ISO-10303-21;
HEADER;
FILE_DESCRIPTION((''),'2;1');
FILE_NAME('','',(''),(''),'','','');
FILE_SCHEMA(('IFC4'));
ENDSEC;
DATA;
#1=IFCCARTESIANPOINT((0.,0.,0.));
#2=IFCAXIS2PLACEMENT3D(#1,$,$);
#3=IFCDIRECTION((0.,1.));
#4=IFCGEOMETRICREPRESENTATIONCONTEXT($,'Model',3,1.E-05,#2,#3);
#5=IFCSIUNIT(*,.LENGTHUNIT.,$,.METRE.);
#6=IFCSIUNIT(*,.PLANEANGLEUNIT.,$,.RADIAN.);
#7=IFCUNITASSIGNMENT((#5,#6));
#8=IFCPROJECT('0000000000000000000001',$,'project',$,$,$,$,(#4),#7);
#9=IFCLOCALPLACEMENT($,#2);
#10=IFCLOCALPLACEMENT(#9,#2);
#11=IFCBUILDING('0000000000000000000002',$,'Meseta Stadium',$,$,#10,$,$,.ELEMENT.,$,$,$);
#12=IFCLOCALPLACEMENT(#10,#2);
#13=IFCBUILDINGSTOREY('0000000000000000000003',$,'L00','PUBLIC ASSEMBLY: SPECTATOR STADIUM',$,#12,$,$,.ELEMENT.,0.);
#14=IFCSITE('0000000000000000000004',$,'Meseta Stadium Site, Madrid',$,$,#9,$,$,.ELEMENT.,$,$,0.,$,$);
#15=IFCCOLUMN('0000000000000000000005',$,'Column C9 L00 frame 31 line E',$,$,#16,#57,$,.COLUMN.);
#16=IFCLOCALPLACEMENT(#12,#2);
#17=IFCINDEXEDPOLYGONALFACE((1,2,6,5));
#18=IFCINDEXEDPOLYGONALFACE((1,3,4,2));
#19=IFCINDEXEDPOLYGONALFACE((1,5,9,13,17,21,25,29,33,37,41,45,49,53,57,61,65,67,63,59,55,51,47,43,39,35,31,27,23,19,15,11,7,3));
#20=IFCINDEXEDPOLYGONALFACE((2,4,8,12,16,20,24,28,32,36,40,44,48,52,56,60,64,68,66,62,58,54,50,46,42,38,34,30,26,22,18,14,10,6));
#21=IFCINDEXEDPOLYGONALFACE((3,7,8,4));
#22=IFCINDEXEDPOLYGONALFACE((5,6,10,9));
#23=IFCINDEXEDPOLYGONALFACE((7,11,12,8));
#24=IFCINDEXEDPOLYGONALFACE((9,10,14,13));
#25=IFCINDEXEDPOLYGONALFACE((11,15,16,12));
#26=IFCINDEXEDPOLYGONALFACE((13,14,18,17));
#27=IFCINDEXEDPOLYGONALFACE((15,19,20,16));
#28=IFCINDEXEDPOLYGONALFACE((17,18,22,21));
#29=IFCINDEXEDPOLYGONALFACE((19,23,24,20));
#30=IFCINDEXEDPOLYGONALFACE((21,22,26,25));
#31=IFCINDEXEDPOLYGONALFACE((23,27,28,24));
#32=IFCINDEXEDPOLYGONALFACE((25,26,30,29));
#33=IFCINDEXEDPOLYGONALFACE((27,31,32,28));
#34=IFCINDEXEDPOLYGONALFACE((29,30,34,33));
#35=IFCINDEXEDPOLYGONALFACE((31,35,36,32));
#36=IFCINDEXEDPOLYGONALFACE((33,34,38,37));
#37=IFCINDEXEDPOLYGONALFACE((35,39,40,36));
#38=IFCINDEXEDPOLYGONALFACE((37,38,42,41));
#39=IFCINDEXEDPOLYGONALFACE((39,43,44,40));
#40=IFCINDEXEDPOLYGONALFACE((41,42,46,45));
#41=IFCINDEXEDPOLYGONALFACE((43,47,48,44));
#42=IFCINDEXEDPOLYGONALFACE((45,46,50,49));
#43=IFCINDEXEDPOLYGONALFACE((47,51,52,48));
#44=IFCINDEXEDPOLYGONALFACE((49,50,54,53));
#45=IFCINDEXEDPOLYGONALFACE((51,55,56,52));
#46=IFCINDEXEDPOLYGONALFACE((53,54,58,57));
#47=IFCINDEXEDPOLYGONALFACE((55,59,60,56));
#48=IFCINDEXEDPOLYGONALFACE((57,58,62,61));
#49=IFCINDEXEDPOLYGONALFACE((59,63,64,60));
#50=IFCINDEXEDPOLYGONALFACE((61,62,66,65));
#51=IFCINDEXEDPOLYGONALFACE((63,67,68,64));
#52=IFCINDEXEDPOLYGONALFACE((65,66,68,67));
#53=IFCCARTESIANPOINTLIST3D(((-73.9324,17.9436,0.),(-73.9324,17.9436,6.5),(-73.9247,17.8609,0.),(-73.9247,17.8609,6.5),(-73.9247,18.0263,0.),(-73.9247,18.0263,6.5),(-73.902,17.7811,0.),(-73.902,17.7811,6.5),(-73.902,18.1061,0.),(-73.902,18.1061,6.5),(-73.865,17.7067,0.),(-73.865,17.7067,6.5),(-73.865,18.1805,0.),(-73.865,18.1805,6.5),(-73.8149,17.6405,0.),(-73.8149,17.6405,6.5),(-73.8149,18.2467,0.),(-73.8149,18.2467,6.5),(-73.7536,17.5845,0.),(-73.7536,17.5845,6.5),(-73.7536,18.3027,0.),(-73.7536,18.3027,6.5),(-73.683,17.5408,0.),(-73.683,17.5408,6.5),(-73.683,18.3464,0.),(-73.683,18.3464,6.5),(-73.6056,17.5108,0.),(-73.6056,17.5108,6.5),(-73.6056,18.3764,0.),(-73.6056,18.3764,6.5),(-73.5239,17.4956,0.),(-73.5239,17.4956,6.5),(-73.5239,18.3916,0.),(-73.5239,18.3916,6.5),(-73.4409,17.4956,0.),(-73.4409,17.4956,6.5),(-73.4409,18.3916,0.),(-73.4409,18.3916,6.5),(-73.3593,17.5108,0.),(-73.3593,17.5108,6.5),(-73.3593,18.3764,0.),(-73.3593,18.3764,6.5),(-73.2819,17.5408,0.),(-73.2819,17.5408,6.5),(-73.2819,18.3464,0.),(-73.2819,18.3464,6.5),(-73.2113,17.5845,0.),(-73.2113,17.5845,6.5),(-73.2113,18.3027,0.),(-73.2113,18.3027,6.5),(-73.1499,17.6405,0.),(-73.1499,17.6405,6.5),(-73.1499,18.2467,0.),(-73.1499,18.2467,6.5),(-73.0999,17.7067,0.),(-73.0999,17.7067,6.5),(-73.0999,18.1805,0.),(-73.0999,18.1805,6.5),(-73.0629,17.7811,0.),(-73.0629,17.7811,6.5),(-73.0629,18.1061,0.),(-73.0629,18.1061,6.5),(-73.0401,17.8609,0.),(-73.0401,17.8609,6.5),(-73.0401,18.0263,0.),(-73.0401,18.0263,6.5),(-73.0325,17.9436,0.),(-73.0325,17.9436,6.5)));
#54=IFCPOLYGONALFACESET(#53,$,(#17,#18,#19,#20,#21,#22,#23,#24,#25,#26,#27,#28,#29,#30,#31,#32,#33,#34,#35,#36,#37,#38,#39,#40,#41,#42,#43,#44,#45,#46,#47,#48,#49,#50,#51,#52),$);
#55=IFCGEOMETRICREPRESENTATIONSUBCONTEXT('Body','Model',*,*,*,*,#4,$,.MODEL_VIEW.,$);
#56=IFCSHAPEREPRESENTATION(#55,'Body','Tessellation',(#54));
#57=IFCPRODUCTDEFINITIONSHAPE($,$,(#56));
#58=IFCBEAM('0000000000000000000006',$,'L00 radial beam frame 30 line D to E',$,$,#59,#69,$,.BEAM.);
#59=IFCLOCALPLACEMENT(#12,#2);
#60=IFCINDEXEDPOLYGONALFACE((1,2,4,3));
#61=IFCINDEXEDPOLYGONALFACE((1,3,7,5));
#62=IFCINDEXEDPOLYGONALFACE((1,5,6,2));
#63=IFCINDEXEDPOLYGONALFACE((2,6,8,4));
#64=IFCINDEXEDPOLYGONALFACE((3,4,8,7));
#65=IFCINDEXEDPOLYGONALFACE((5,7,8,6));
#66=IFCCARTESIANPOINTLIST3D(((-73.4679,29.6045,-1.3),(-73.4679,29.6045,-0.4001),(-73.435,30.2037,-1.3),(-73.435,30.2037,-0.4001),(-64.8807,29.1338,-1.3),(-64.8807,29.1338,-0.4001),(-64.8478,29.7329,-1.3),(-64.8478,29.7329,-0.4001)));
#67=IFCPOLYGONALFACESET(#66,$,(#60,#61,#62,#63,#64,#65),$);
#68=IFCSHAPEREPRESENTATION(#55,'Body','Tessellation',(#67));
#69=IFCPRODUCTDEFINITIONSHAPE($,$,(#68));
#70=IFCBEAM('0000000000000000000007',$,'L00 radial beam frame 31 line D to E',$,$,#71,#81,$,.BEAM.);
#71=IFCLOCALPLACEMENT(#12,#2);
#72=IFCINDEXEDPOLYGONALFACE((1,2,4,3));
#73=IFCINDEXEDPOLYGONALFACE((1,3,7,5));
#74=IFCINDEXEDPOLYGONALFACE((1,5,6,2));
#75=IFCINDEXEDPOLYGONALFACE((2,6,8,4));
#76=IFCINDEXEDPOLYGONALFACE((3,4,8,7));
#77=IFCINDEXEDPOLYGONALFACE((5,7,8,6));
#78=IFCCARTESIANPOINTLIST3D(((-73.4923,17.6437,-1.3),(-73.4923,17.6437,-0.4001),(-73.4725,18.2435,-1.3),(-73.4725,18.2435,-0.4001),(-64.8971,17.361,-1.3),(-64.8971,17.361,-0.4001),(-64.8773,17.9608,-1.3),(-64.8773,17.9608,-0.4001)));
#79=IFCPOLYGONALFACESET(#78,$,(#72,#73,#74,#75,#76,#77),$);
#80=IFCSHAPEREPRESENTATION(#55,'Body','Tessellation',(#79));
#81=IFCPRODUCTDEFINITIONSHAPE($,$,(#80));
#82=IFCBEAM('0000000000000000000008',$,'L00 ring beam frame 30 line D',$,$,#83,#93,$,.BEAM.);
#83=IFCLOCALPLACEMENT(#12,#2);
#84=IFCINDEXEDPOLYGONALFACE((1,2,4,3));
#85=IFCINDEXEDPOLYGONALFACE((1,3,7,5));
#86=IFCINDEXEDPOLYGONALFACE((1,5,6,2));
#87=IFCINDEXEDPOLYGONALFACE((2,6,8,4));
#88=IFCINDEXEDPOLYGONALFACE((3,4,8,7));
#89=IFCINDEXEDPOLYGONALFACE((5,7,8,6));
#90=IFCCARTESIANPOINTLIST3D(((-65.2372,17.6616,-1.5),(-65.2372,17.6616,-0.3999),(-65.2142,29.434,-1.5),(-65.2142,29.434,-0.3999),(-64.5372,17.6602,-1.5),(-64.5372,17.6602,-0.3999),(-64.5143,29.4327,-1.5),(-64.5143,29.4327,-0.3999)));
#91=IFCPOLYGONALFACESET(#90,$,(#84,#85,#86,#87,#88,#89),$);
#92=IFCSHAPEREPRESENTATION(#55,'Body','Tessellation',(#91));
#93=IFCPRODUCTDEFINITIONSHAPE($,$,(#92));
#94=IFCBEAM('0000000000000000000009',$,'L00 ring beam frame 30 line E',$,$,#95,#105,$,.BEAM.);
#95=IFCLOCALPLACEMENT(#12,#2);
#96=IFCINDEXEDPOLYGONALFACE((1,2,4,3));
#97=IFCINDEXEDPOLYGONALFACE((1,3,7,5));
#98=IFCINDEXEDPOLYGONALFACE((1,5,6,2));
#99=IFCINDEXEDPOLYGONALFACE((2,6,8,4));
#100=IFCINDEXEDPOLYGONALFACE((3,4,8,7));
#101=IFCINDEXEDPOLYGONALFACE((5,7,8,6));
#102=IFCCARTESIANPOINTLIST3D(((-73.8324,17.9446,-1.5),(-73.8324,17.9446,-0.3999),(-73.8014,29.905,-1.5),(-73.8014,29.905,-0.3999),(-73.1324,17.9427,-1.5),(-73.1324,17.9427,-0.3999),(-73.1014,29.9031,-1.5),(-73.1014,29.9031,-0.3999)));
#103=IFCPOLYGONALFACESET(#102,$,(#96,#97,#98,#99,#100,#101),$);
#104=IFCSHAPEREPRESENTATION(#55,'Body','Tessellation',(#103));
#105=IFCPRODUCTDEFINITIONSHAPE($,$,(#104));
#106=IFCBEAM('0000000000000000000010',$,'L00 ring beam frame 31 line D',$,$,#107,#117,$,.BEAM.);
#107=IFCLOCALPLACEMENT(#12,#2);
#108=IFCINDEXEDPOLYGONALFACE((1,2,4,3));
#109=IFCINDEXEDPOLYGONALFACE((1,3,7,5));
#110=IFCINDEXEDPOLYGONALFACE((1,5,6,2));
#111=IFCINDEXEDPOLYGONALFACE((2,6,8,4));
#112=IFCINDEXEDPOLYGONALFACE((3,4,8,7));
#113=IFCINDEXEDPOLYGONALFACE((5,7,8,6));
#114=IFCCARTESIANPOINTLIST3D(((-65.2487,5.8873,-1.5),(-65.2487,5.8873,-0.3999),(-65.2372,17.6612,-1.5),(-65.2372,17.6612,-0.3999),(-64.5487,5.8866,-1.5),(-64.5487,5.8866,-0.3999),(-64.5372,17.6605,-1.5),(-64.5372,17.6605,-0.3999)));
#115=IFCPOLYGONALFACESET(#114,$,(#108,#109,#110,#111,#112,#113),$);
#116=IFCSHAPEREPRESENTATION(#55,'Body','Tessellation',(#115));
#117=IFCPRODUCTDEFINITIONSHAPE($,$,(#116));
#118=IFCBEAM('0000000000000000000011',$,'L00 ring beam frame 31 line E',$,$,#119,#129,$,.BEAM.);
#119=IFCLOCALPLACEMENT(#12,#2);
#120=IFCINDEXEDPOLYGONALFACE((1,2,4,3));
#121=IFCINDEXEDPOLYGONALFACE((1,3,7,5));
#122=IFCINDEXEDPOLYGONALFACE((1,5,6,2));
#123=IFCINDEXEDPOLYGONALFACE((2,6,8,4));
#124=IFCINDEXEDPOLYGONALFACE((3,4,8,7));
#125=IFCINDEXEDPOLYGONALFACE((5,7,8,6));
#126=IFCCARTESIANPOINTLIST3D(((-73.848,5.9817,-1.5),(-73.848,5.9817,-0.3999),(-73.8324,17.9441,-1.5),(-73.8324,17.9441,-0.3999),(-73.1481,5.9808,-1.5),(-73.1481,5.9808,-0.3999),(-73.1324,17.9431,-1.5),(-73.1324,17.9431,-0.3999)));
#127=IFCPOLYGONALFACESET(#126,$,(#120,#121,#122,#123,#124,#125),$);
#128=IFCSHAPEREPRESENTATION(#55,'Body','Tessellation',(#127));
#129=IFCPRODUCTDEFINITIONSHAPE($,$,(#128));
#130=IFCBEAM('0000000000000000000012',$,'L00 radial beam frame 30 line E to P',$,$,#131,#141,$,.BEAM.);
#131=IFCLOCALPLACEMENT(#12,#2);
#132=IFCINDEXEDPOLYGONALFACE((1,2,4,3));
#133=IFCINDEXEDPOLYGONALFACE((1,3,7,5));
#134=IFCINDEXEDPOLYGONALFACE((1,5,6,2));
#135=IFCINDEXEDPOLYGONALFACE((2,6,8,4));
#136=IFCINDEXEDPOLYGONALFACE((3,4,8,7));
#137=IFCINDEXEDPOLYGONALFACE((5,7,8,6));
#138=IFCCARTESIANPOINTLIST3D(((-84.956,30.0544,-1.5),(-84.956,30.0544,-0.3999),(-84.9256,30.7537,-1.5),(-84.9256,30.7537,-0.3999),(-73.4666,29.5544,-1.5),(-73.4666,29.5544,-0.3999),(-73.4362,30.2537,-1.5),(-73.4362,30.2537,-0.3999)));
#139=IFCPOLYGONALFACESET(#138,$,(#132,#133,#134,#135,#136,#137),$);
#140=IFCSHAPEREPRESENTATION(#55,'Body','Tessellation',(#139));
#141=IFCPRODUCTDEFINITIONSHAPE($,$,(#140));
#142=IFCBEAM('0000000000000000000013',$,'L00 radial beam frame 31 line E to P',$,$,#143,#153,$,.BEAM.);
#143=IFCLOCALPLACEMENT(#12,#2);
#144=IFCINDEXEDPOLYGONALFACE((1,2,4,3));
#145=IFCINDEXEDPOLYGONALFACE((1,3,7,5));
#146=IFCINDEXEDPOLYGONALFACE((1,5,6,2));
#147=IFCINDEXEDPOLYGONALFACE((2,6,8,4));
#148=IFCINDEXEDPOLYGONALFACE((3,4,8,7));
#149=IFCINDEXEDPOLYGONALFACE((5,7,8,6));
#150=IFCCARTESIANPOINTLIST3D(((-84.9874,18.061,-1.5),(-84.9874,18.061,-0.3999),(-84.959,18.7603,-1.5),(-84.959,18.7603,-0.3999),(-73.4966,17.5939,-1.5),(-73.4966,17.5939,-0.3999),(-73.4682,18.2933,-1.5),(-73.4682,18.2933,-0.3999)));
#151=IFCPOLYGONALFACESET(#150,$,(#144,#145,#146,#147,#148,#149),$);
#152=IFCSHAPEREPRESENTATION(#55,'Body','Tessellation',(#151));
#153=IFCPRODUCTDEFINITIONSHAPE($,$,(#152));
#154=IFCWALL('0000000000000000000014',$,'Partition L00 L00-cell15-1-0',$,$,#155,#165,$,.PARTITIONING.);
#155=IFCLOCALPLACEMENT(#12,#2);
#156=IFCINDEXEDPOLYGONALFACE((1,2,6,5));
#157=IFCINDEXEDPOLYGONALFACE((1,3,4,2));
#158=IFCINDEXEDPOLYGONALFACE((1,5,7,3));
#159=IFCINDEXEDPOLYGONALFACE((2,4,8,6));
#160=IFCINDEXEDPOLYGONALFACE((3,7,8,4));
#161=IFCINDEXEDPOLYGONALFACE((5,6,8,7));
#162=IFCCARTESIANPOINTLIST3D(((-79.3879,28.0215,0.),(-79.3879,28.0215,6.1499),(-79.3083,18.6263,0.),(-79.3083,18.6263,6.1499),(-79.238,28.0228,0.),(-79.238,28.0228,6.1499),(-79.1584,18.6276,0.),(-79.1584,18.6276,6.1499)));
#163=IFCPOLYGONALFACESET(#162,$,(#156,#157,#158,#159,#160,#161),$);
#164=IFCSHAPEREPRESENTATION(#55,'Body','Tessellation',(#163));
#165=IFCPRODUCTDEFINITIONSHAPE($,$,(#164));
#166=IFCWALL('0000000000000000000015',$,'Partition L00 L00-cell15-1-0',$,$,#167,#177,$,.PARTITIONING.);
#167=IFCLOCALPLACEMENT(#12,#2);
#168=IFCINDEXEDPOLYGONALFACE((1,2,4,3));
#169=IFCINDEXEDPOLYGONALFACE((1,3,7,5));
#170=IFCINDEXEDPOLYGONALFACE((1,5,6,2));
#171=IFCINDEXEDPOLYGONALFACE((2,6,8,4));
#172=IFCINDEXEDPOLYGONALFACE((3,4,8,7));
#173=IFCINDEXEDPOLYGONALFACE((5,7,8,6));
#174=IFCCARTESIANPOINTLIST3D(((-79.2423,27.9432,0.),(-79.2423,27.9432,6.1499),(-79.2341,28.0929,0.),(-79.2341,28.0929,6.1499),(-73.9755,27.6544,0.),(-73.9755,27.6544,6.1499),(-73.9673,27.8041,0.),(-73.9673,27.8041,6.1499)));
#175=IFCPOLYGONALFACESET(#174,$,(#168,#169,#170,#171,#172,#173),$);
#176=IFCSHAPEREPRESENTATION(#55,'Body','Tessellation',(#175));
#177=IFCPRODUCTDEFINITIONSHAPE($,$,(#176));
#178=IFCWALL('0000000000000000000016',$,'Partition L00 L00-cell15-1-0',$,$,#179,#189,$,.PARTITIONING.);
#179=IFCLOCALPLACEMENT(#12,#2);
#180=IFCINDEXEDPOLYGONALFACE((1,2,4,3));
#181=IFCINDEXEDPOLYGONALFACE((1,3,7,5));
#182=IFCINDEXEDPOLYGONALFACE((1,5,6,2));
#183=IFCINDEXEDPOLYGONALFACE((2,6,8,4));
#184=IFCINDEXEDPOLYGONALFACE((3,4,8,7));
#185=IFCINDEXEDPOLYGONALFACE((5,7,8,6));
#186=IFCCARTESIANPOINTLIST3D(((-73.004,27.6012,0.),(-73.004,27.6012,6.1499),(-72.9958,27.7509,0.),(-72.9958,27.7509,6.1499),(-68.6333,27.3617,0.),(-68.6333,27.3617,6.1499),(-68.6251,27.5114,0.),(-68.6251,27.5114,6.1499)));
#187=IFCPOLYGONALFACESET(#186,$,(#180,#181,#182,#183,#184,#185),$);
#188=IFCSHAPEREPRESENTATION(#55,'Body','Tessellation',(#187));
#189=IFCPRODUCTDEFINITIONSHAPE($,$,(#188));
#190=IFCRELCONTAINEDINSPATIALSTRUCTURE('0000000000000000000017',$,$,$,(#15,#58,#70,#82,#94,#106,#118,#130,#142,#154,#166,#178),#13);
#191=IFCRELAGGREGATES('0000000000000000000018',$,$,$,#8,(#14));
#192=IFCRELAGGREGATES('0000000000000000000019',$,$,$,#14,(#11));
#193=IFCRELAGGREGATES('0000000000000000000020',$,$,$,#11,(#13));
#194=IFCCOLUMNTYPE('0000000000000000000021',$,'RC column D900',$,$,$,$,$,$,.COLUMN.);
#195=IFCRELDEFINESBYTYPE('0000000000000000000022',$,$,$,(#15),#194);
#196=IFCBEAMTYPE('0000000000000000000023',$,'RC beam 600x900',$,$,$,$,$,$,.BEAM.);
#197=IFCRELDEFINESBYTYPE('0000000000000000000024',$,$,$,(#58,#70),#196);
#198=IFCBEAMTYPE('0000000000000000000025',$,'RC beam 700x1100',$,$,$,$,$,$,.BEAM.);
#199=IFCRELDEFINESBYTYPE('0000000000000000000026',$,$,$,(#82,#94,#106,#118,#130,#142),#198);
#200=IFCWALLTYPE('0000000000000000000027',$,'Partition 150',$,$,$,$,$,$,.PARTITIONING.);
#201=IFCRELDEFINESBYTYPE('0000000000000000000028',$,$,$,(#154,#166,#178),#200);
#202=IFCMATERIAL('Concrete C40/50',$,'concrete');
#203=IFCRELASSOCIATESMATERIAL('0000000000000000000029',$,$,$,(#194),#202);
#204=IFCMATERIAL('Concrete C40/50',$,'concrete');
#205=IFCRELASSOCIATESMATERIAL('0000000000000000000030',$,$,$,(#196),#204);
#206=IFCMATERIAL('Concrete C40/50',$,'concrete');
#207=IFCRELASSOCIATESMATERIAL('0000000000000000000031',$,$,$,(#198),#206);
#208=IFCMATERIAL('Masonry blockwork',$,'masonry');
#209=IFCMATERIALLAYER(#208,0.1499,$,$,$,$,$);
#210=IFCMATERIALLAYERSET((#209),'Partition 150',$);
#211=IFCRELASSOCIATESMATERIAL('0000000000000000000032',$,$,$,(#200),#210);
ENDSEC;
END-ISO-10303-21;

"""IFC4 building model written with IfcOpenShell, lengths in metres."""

from ifc_helpers import new_model, si_unit, direction, frame, frame_2d, origin, origin_2d, place, context, subcontext, project, spatial, rectangle, circle, extrude, material, layer, layer_set, material_profile, profile_set, type_object, element, save


model = new_model("IFC4")

# Units and contexts
model_context = context("Model", 3, precision=1e-05, world=origin(), true_north=direction((0.0, 1.0)))
body_context = subcontext(model_context, "Body", "Model", "MODEL_VIEW")
ifc_project = project(units=[si_unit("LENGTHUNIT", "METRE"), si_unit("PLANEANGLEUNIT", "RADIAN")], contexts=[model_context])

# Site, building, storey
site_placement = place(None, origin())
site = spatial("IfcSite", under=ifc_project, at=site_placement, Name="Meseta Stadium Site, Madrid", CompositionType="ELEMENT", RefElevation=0.0)
building_placement = place(site_placement, origin())
building = spatial("IfcBuilding", under=site, at=building_placement, Name="Meseta Stadium", CompositionType="ELEMENT")
storey_placement = place(building_placement, origin())
storey = spatial("IfcBuildingStorey", under=building, at=storey_placement, Name="L00", Description="PUBLIC ASSEMBLY: SPECTATOR STADIUM", CompositionType="ELEMENT", Elevation=0.0)

# Column
ifc_material_1 = material(Name="Concrete C40/50", Category="concrete")
ifc_material_profile_1 = material_profile(ifc_material_1, circle(Radius=0.45, at=origin_2d()), Name="RC D900")
ifc_profile_set_1 = profile_set([ifc_material_profile_1], Name="Concrete C40/50")
column_type_1 = type_object("IfcColumnType", Name="RC column D900", PredefinedType="COLUMN", material=ifc_profile_set_1)
for number, where, z_axis, x_axis, name in (
    (1, (-73.4824, 17.9436, 0.0), (0.0, 0.0, 1.0), (1.0, 0.0, 0.0), "Column C9 L00 frame 31 line E"),
):
    element("IfcColumn", number, at=place(storey_placement, frame(where, z_axis=z_axis, x_axis=x_axis)), inside=storey, type_object=column_type_1, Name=name, PredefinedType="COLUMN", context=body_context, shape_type="SweptSolid", body=[
        extrude(circle(Radius=0.45, at=origin_2d()), origin(), (0.0, 0.0, 1.0), 6.5),
    ])

# Beams
ifc_material_2 = material(Name="Concrete C40/50", Category="concrete")
ifc_material_profile_2 = material_profile(ifc_material_2, rectangle(XDim=0.6001, YDim=0.8999, at=origin_2d()), Name="RC 600x900")
ifc_profile_set_2 = profile_set([ifc_material_profile_2], Name="Concrete C40/50")
beam_type_1 = type_object("IfcBeamType", Name="RC beam 600x900", PredefinedType="BEAM", material=ifc_profile_set_2)
beam_1_placement = place(storey_placement, frame((-64.8643, 29.4333, -0.8501), z_axis=(-0.998501, 0.054733, 0.0), x_axis=(-0.054733, -0.998501, 0.0)))
element("IfcBeam", 2, at=beam_1_placement, inside=storey, type_object=beam_type_1, Name="L00 radial beam frame 30 line D to E", PredefinedType="BEAM", context=body_context, shape_type="SweptSolid", body=[
    extrude(rectangle(XDim=0.6001, YDim=0.8999, at=origin_2d()), origin(), (0.0, 0.0, 1.0), 8.6001),
])
beam_2_placement = place(storey_placement, frame((-64.8872, 17.6609, -0.8501), z_axis=(-0.999459, 0.032874, 0.0), x_axis=(-0.032874, -0.999459, 0.0)))
element("IfcBeam", 3, at=beam_2_placement, inside=storey, type_object=beam_type_1, Name="L00 radial beam frame 31 line D to E", PredefinedType="BEAM", context=body_context, shape_type="SweptSolid", body=[
    extrude(rectangle(XDim=0.6001, YDim=0.8999, at=origin_2d()), origin(), (0.0, 0.0, 1.0), 8.5999),
])
ifc_material_3 = material(Name="Concrete C40/50", Category="concrete")
ifc_material_profile_3 = material_profile(ifc_material_3, rectangle(XDim=0.7, YDim=1.1001, at=origin_2d()), Name="RC 700x1100")
ifc_profile_set_3 = profile_set([ifc_material_profile_3], Name="Concrete C40/50")
beam_type_2 = type_object("IfcBeamType", Name="RC beam 700x1100", PredefinedType="BEAM", material=ifc_profile_set_3)
beam_3_placement = place(storey_placement, frame((-64.8643, 29.4333, -0.95), z_axis=(-0.001949, -0.999998, 0.0), x_axis=(0.999998, -0.001949, 0.0)))
element("IfcBeam", 4, at=beam_3_placement, inside=storey, type_object=beam_type_2, Name="L00 ring beam frame 30 line D", PredefinedType="BEAM", context=body_context, shape_type="SweptSolid", body=[
    extrude(rectangle(XDim=0.7, YDim=1.1001, at=origin_2d()), origin(), (0.0, 0.0, 1.0), 11.7725),
])
beam_4_placement = place(storey_placement, frame((-73.4514, 29.9041, -0.95), z_axis=(-0.002592, -0.999997, 0.0), x_axis=(0.999997, -0.002592, 0.0)))
element("IfcBeam", 5, at=beam_4_placement, inside=storey, type_object=beam_type_2, Name="L00 ring beam frame 30 line E", PredefinedType="BEAM", context=body_context, shape_type="SweptSolid", body=[
    extrude(rectangle(XDim=0.7, YDim=1.1001, at=origin_2d()), origin(), (0.0, 0.0, 1.0), 11.9604),
])
beam_5_placement = place(storey_placement, frame((-64.8872, 17.6609, -0.95), z_axis=(-0.000975, -1.0, 0.0), x_axis=(1.0, -0.000975, 0.0)))
element("IfcBeam", 6, at=beam_5_placement, inside=storey, type_object=beam_type_2, Name="L00 ring beam frame 31 line D", PredefinedType="BEAM", context=body_context, shape_type="SweptSolid", body=[
    extrude(rectangle(XDim=0.7, YDim=1.1001, at=origin_2d()), origin(), (0.0, 0.0, 1.0), 11.7739),
])
beam_6_placement = place(storey_placement, frame((-73.4824, 17.9436, -0.95), z_axis=(-0.001306, -0.999999, 0.0), x_axis=(0.999999, -0.001306, 0.0)))
element("IfcBeam", 7, at=beam_6_placement, inside=storey, type_object=beam_type_2, Name="L00 ring beam frame 31 line E", PredefinedType="BEAM", context=body_context, shape_type="SweptSolid", body=[
    extrude(rectangle(XDim=0.7, YDim=1.1001, at=origin_2d()), origin(), (0.0, 0.0, 1.0), 11.9624),
])
for number, where, z_axis, x_axis, name in (
    (8, (-73.4514, 29.9041, -0.95), (-0.999054, 0.043478, 0.0), (-0.043478, -0.999054, 0.0), "L00 radial beam frame 30 line E to P"),
    (9, (-73.4824, 17.9436, -0.95), (-0.999175, 0.040612, 0.0), (-0.040612, -0.999175, 0.0), "L00 radial beam frame 31 line E to P"),
):
    element("IfcBeam", number, at=place(storey_placement, frame(where, z_axis=z_axis, x_axis=x_axis)), inside=storey, type_object=beam_type_2, Name=name, PredefinedType="BEAM", context=body_context, shape_type="SweptSolid", body=[
        extrude(rectangle(XDim=0.7, YDim=1.1001, at=origin_2d()), origin(), (0.0, 0.0, 1.0), 11.5002),
    ])

# Walls
ifc_material_4 = material(Name="Masonry blockwork", Category="masonry")
ifc_layer = layer(ifc_material_4, 0.1499)
ifc_layer_set = layer_set([ifc_layer], Name="Partition 150")
wall_type = type_object("IfcWallType", Name="Partition 150", PredefinedType="PARTITIONING", material=ifc_layer_set)
wall_1_placement = place(storey_placement, frame((-79.2334, 18.627, 0.0), z_axis=(0.0, 0.0, 1.0), x_axis=(-0.008471, 0.999964, 0.0)))
element("IfcWall", 10, at=wall_1_placement, inside=storey, type_object=wall_type, Name="Partition L00 L00-cell15-1-0", PredefinedType="PARTITIONING", context=body_context, shape_type="SweptSolid", body=[
    extrude(rectangle(XDim=9.3955, YDim=0.1499, at=frame_2d((4.6978, 0.0))), origin(), (0.0, 0.0, 1.0), 6.1499),
])
wall_2_placement = place(storey_placement, frame((-79.238, 28.0181, 0.0), z_axis=(0.0, 0.0, 1.0), x_axis=(0.9985, -0.054755, 0.0)))
element("IfcWall", 11, at=wall_2_placement, inside=storey, type_object=wall_type, Name="Partition L00 L00-cell15-1-0", PredefinedType="PARTITIONING", context=body_context, shape_type="SweptSolid", body=[
    extrude(rectangle(XDim=5.2747, YDim=0.1499, at=frame_2d((2.6372, 0.0))), origin(), (0.0, 0.0, 1.0), 6.1499),
])
wall_3_placement = place(storey_placement, frame((-72.9998, 27.676, 0.0), z_axis=(0.0, 0.0, 1.0), x_axis=(0.998502, -0.054716, 0.0)))
element("IfcWall", 12, at=wall_3_placement, inside=storey, type_object=wall_type, Name="Partition L00 L00-cell15-1-0", PredefinedType="PARTITIONING", context=body_context, shape_type="SweptSolid", body=[
    extrude(rectangle(XDim=4.3772, YDim=0.1499, at=frame_2d((2.1885, 0.0))), origin(), (0.0, 0.0, 1.0), 6.1499),
])

save(model, "model.ifc")
